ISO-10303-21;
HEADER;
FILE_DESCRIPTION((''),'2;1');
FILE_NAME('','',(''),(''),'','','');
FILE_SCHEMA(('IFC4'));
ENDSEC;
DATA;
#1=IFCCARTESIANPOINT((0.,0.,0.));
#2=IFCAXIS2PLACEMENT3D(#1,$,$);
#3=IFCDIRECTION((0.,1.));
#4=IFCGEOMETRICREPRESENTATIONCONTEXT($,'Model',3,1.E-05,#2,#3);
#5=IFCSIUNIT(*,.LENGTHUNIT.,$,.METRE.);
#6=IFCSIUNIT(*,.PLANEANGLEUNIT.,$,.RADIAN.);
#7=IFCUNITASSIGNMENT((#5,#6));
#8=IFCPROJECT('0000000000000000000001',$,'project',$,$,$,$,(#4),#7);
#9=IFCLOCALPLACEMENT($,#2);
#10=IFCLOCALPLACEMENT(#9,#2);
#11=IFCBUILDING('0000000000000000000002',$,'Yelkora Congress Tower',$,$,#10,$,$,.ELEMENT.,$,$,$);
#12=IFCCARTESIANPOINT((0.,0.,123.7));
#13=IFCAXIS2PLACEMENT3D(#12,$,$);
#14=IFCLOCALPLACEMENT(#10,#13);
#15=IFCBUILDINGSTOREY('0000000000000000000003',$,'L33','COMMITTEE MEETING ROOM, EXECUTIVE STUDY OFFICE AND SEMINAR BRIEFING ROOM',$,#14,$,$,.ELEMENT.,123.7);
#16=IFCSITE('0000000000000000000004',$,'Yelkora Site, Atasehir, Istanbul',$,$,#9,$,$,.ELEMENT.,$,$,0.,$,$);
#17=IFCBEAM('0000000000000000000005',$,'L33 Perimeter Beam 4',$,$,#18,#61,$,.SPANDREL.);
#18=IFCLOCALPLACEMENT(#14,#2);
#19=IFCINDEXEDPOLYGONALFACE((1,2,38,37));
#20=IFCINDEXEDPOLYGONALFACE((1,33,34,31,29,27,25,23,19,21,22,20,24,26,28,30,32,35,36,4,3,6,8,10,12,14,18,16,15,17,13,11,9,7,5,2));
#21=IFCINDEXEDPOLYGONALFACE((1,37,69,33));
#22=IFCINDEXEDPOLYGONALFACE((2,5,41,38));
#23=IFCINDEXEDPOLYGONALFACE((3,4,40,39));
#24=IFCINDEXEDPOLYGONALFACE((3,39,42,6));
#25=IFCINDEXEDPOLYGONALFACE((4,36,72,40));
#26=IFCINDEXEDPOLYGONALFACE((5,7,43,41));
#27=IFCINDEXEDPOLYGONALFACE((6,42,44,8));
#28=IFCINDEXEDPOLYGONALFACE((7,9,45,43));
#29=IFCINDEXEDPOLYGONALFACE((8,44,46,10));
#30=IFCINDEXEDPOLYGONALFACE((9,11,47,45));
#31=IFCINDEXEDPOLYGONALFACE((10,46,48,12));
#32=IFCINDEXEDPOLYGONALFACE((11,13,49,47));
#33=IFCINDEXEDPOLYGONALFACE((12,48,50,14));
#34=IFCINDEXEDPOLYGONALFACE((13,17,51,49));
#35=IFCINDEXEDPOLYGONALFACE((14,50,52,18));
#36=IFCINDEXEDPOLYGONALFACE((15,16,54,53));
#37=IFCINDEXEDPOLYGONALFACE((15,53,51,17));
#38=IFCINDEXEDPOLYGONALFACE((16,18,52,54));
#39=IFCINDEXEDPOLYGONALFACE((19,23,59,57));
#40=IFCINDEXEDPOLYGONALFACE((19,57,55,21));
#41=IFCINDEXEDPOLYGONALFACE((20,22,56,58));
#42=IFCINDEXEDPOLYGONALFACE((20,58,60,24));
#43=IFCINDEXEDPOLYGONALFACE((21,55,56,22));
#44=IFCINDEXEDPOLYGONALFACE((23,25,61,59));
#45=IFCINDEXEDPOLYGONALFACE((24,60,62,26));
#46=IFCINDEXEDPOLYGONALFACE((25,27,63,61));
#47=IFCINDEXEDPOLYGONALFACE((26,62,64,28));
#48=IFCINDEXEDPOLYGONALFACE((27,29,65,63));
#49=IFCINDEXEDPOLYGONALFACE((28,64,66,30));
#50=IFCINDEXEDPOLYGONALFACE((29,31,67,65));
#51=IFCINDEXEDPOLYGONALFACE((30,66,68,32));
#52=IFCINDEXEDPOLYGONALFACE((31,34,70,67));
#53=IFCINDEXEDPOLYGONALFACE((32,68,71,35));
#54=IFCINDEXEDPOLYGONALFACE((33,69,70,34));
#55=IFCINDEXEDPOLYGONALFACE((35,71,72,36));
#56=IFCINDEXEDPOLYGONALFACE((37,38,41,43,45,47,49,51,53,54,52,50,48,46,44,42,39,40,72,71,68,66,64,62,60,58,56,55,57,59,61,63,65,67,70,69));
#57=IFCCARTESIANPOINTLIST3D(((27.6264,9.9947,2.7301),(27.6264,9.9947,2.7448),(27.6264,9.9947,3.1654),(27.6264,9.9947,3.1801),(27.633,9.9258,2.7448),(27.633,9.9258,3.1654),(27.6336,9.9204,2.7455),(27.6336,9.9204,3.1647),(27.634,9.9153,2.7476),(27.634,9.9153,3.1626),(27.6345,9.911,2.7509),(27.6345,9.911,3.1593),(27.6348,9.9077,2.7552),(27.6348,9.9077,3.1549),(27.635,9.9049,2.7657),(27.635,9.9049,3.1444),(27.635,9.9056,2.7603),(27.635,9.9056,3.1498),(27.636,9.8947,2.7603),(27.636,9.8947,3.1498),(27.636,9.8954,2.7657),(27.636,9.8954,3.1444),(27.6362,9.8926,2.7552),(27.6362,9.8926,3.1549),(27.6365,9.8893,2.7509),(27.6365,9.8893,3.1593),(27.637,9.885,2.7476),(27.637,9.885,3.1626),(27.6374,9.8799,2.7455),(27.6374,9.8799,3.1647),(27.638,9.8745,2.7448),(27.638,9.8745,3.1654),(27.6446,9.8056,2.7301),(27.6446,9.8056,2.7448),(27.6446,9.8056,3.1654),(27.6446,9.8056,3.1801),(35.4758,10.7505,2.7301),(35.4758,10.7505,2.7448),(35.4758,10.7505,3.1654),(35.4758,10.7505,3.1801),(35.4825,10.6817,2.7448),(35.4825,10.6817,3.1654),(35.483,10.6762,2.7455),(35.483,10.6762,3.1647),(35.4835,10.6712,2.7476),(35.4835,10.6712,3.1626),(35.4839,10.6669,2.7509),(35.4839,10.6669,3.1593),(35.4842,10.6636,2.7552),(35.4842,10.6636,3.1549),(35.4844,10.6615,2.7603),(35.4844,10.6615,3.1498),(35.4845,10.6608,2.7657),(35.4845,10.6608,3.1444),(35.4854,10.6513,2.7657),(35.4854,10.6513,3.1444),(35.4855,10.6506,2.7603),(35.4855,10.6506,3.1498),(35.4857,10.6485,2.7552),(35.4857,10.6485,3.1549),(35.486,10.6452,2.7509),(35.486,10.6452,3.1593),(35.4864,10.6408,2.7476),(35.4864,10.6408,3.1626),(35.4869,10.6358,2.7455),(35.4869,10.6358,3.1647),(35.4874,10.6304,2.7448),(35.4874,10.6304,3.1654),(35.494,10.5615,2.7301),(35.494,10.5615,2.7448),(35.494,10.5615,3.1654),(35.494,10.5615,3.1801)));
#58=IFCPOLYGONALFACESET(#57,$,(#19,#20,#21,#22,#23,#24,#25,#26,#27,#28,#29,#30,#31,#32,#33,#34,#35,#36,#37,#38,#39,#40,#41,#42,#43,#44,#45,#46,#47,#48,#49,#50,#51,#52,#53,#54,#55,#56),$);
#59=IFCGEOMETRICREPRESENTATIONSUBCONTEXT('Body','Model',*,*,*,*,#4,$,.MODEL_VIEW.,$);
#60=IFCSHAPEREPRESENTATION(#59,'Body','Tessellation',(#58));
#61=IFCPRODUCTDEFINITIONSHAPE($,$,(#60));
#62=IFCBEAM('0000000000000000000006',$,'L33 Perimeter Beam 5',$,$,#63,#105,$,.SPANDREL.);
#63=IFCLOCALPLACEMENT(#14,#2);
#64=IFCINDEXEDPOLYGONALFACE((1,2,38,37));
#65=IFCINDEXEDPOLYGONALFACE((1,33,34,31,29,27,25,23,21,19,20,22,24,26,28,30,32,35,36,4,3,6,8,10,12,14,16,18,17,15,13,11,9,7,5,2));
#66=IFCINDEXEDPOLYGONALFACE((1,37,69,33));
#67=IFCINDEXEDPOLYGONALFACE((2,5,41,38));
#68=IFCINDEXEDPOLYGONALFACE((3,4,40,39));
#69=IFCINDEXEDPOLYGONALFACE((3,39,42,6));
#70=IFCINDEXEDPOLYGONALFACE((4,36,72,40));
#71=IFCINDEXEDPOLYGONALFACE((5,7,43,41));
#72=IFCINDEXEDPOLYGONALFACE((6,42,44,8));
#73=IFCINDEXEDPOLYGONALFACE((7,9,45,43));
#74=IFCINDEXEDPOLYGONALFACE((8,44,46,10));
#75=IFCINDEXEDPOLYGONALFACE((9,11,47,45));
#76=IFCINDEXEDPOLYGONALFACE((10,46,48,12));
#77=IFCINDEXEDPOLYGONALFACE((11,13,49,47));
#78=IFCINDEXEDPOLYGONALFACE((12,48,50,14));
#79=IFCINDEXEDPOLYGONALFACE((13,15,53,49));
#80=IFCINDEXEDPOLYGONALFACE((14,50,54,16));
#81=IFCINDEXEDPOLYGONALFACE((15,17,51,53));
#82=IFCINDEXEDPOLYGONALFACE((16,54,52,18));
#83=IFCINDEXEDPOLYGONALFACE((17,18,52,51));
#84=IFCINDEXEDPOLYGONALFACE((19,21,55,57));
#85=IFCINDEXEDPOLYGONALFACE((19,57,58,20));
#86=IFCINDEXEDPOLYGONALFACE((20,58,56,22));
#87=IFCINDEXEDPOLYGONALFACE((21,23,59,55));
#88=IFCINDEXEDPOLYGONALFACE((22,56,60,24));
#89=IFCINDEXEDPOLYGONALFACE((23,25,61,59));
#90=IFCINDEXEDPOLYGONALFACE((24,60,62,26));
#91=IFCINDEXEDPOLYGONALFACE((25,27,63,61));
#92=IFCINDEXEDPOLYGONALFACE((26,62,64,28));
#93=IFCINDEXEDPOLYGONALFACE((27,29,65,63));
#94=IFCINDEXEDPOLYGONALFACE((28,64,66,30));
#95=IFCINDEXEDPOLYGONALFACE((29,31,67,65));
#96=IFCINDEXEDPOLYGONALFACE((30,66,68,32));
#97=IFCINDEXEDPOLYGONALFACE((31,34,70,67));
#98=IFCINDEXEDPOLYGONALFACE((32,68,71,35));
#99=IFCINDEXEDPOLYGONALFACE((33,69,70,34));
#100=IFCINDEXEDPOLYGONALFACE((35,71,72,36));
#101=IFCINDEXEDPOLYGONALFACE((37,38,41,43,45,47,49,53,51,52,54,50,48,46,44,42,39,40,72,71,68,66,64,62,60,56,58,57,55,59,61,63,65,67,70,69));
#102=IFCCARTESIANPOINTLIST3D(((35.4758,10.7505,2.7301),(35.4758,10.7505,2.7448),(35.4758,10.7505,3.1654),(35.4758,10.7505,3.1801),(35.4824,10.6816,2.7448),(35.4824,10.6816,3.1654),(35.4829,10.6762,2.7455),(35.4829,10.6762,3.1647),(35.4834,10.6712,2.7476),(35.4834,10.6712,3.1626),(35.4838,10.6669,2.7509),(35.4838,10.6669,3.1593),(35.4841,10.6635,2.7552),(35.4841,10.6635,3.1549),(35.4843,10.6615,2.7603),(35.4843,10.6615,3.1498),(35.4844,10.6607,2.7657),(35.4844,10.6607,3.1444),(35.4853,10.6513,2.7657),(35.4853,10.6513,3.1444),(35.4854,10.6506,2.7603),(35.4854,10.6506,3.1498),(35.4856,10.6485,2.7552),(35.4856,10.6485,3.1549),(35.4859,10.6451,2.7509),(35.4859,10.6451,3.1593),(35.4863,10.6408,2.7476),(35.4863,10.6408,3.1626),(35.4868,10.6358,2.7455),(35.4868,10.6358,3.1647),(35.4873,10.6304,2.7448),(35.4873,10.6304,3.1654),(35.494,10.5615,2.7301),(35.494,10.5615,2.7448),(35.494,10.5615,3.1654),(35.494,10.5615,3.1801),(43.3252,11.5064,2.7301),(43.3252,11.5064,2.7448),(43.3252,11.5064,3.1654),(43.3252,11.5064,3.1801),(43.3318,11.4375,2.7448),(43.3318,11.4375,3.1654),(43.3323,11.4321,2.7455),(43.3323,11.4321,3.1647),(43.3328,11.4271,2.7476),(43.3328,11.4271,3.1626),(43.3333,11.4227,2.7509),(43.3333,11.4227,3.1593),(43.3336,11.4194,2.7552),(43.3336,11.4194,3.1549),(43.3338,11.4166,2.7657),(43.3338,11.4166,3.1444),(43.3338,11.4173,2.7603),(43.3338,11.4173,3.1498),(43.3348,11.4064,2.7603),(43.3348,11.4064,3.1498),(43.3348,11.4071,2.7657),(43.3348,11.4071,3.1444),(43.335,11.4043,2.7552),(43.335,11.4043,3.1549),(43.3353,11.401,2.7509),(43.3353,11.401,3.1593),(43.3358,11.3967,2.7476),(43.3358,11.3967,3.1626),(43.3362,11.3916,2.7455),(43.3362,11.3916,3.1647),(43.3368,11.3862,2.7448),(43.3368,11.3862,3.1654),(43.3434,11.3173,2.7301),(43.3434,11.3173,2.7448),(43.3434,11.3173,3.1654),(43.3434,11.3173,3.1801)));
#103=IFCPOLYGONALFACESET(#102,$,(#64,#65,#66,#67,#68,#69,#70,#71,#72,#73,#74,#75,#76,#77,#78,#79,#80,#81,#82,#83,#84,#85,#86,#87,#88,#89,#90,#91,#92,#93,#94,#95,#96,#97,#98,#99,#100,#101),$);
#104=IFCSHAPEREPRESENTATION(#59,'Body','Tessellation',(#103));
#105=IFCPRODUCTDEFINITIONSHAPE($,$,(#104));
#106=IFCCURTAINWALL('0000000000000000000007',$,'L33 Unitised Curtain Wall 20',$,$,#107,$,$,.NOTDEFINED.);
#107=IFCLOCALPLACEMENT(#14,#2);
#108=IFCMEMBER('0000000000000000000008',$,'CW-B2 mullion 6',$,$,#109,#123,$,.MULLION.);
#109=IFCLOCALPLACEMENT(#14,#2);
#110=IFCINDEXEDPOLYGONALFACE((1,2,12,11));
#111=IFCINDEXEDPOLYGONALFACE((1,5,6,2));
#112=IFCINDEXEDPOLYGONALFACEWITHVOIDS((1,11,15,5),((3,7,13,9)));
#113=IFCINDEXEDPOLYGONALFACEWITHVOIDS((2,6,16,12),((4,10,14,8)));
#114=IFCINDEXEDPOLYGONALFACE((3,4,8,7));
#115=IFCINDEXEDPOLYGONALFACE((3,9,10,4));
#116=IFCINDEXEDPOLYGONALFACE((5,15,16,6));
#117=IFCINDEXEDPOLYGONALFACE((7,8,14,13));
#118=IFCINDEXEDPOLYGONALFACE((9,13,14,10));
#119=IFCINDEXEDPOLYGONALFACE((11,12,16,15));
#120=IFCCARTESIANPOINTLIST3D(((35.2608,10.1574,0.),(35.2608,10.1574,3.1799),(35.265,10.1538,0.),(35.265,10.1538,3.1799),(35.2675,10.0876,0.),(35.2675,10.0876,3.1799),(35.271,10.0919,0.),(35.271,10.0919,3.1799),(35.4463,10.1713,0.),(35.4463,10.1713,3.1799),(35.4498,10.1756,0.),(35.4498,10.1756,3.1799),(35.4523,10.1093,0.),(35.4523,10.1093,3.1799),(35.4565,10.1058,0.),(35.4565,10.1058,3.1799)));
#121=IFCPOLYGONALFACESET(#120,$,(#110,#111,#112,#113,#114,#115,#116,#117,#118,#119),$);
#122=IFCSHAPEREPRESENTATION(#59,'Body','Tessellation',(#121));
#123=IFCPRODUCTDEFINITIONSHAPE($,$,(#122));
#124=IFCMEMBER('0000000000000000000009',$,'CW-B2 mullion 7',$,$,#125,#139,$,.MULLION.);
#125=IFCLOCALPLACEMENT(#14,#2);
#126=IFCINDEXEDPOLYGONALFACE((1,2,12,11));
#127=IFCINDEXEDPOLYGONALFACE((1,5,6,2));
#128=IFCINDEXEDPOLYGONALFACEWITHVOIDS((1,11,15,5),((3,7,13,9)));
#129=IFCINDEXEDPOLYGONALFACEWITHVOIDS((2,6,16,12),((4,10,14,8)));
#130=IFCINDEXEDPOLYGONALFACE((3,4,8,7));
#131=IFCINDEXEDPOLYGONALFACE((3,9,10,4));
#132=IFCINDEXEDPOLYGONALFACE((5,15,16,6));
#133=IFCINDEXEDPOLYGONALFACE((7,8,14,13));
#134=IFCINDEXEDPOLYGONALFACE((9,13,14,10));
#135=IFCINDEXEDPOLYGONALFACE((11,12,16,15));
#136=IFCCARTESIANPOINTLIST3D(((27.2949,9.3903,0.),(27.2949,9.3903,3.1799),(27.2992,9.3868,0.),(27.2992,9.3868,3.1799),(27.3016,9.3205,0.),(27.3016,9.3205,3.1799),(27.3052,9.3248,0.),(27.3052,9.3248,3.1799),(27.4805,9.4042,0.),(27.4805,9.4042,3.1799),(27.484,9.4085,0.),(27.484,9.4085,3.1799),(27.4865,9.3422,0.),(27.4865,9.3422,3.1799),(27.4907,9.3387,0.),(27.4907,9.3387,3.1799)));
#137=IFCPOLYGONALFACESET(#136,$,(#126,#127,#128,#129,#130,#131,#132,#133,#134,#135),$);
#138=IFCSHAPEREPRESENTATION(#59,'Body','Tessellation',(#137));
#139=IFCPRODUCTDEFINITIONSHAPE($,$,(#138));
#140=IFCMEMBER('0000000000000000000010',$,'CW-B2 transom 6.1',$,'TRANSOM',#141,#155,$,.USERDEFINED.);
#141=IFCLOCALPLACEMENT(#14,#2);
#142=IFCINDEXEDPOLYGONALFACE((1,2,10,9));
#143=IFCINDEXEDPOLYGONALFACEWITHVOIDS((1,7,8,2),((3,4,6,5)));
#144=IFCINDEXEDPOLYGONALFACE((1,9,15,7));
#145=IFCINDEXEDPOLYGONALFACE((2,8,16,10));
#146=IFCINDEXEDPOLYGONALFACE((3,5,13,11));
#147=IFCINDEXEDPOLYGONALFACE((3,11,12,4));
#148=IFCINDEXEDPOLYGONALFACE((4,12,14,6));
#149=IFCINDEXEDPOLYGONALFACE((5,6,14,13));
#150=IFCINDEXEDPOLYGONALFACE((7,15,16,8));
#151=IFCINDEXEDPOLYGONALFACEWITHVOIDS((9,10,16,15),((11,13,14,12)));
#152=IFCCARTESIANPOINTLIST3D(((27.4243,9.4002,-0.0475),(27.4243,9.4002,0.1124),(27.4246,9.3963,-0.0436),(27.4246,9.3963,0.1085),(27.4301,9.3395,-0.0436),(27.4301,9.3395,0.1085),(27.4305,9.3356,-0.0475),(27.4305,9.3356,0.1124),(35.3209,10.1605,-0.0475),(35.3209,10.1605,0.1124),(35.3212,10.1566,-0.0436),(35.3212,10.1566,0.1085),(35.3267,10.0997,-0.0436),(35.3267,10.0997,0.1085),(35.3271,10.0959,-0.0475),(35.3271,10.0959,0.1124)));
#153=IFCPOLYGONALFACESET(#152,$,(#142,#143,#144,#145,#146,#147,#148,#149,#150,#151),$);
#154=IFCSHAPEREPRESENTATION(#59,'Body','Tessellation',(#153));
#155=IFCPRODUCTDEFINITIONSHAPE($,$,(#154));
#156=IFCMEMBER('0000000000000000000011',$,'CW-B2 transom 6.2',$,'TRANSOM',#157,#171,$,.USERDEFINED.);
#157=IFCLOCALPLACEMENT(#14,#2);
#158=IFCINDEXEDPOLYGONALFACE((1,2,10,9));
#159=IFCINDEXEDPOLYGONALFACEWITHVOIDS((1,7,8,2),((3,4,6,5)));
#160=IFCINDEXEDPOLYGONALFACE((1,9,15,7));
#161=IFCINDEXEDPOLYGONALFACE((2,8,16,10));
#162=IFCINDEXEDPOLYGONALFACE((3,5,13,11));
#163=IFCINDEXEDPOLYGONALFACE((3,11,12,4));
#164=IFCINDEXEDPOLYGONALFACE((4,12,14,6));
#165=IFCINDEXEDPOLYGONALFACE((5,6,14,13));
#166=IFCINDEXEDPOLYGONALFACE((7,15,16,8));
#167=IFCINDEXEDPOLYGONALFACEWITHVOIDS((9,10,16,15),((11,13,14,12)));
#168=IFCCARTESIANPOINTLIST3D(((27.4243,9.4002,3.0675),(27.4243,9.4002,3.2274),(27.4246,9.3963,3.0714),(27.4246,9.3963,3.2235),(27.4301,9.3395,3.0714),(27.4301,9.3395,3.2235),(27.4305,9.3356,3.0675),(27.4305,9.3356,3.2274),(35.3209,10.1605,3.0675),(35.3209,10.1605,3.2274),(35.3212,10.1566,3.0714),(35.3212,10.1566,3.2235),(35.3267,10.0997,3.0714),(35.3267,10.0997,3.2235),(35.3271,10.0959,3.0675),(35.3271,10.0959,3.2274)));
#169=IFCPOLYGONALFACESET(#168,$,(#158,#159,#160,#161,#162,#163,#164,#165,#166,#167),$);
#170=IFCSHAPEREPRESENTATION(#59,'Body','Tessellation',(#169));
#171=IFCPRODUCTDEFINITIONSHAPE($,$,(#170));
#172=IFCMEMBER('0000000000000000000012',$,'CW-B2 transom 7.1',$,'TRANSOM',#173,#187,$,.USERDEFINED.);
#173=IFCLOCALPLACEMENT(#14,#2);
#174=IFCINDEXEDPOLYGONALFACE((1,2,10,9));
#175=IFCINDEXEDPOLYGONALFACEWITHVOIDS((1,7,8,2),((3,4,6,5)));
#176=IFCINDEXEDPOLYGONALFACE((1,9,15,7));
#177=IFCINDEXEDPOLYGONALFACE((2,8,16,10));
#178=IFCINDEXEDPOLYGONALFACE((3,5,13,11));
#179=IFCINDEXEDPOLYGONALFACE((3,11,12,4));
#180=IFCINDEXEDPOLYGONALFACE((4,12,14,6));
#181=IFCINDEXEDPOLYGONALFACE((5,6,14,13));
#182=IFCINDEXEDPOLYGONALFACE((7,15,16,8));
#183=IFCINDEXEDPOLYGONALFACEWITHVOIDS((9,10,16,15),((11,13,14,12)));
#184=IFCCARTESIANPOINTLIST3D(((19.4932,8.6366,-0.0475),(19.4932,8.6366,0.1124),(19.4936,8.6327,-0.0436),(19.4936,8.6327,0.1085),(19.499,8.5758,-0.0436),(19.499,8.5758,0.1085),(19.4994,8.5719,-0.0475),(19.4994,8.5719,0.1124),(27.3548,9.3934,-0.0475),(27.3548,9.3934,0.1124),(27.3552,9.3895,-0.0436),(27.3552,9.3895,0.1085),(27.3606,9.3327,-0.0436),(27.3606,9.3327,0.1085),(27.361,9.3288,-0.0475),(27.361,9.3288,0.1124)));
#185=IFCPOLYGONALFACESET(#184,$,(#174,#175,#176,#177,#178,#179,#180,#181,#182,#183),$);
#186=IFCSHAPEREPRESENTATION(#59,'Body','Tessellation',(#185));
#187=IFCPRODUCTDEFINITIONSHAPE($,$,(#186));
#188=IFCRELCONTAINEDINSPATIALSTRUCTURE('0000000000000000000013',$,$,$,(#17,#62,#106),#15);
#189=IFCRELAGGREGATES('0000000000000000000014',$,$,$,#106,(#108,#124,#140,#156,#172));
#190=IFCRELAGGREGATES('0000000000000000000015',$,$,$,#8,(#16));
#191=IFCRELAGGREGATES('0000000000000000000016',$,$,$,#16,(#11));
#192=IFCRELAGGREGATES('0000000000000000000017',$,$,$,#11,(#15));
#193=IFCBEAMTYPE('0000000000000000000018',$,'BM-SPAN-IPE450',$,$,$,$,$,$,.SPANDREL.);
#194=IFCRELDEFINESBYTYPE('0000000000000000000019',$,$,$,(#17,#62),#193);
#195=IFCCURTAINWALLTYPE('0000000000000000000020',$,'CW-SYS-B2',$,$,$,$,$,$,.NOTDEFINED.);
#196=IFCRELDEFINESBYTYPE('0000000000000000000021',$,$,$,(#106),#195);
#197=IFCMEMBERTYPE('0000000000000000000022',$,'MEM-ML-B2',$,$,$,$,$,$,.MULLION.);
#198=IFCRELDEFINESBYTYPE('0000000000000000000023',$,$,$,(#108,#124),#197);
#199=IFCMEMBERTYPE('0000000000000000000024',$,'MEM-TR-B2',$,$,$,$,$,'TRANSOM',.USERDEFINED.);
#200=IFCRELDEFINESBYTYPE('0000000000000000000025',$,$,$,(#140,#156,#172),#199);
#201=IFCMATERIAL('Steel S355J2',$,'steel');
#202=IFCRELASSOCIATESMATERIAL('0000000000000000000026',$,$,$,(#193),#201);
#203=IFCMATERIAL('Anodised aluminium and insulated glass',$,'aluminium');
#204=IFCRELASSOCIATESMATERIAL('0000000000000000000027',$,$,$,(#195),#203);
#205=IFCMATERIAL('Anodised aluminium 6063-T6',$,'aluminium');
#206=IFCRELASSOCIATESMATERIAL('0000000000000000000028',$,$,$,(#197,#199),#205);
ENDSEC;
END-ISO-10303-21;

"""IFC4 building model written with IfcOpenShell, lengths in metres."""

from ifc_helpers import new_model, si_unit, direction, frame, origin, origin_2d, place, context, subcontext, project, spatial, hollow_rectangle, i_section, extrude, material, material_profile, profile_set, type_object, element, aggregate, save


model = new_model("IFC4")

# Units and contexts
model_context = context("Model", 3, precision=1e-05, world=origin(), true_north=direction((0.0, 1.0)))
body_context = subcontext(model_context, "Body", "Model", "MODEL_VIEW")
ifc_project = project(units=[si_unit("LENGTHUNIT", "METRE"), si_unit("PLANEANGLEUNIT", "RADIAN")], contexts=[model_context])

# Site, building, storey
site_placement = place(None, origin())
site = spatial("IfcSite", under=ifc_project, at=site_placement, Name="Yelkora Site, Atasehir, Istanbul", CompositionType="ELEMENT", RefElevation=0.0)
building_placement = place(site_placement, origin())
building = spatial("IfcBuilding", under=site, at=building_placement, Name="Yelkora Congress Tower", CompositionType="ELEMENT")
storey_placement = place(building_placement, frame((0.0, 0.0, 123.7)))
storey = spatial("IfcBuildingStorey", under=building, at=storey_placement, Name="L33", Description="COMMITTEE MEETING ROOM, EXECUTIVE STUDY OFFICE AND SEMINAR BRIEFING ROOM", CompositionType="ELEMENT", Elevation=123.7)

# Beams
ifc_material_1 = material(Name="Steel S355J2", Category="steel")
ifc_material_profile_1 = material_profile(ifc_material_1, i_section(OverallWidth=0.1899, OverallDepth=0.45, WebThickness=0.0095, FlangeThickness=0.0146, FilletRadius=0.021, at=origin_2d()), Name="IPE 450")
ifc_profile_set_1 = profile_set([ifc_material_profile_1], Name="Steel S355J2")
beam_type_1 = type_object("IfcBeamType", Name="BM-SPAN-IPE450", PredefinedType="SPANDREL", material=ifc_profile_set_1)
for number, where, z_axis, x_axis, name in (
    (1, (27.6355, 9.9001, 2.9551), (0.995396, 0.095852, 0.0), (-0.095852, 0.995396, 0.0), "L33 Perimeter Beam 4"),
    (2, (35.4849, 10.656, 2.9551), (0.995396, 0.095852, 0.0), (-0.095852, 0.995396, 0.0), "L33 Perimeter Beam 5"),
):
    element("IfcBeam", number, at=place(storey_placement, frame(where, z_axis=z_axis, x_axis=x_axis)), inside=storey, type_object=beam_type_1, Name=name, PredefinedType="SPANDREL", context=body_context, shape_type="SweptSolid", body=[
        extrude(i_section(OverallWidth=0.1899, OverallDepth=0.45, WebThickness=0.0095, FlangeThickness=0.0146, FilletRadius=0.021, at=origin_2d()), origin(), (0.0, 0.0, 1.0), 7.8857),
    ])

# Curtain wall, members
ifc_material_2 = material(Name="Anodised aluminium and insulated glass", Category="aluminium")
curtain_wall_type = type_object("IfcCurtainWallType", Name="CW-SYS-B2", PredefinedType="NOTDEFINED", material=ifc_material_2)
curtain_wall_placement = place(storey_placement, origin())
curtain_wall = element("IfcCurtainWall", 3, at=curtain_wall_placement, inside=storey, type_object=curtain_wall_type, Name="L33 Unitised Curtain Wall 20", PredefinedType="NOTDEFINED")
ifc_material_3 = material(Name="Anodised aluminium 6063-T6", Category="aluminium")
ifc_material_profile_2 = material_profile(ifc_material_3, hollow_rectangle(XDim=0.0701, YDim=0.1899, WallThickness=0.0039, at=origin_2d()), Name="ALU 70x190x4")
ifc_profile_set_2 = profile_set([ifc_material_profile_2], Name="Anodised aluminium 6063-T6")
member_type_1 = type_object("IfcMemberType", Name="MEM-ML-B2", PredefinedType="MULLION", material=ifc_profile_set_2)
member_1_placement = place(storey_placement, frame((35.3586, 10.1316, 0.0), z_axis=(0.0, 0.0, 1.0), x_axis=(0.095844, -0.995396, 0.0)))
member_1 = element("IfcMember", 4, at=member_1_placement, type_object=member_type_1, Name="CW-B2 mullion 6", PredefinedType="MULLION", context=body_context, shape_type="SweptSolid", body=[
    extrude(hollow_rectangle(XDim=0.0701, YDim=0.1899, WallThickness=0.0039, at=origin_2d()), origin(), (0.0, 0.0, 1.0), 3.1799),
])
member_2_placement = place(storey_placement, frame((27.3928, 9.3645, 0.0), z_axis=(0.0, 0.0, 1.0), x_axis=(0.095844, -0.995396, 0.0)))
member_2 = element("IfcMember", 5, at=member_2_placement, type_object=member_type_1, Name="CW-B2 mullion 7", PredefinedType="MULLION", context=body_context, shape_type="SweptSolid", body=[
    extrude(hollow_rectangle(XDim=0.0701, YDim=0.1899, WallThickness=0.0039, at=origin_2d()), origin(), (0.0, 0.0, 1.0), 3.1799),
])
ifc_material_profile_3 = material_profile(ifc_material_3, hollow_rectangle(XDim=0.0649, YDim=0.1599, WallThickness=0.0039, at=origin_2d()), Name="ALU 65x160x4")
ifc_profile_set_3 = profile_set([ifc_material_profile_3], Name="Anodised aluminium 6063-T6")
member_type_2 = type_object("IfcMemberType", Name="MEM-TR-B2", ElementType="TRANSOM", PredefinedType="USERDEFINED", material=ifc_profile_set_3)
member_3_placement = place(storey_placement, frame((35.324, 10.1282, 0.0325), z_axis=(-0.995397, -0.095834, 0.0), x_axis=(0.095834, -0.995397, 0.0)))
member_3 = element("IfcMember", 6, at=member_3_placement, type_object=member_type_2, Name="CW-B2 transom 6.1", ObjectType="TRANSOM", PredefinedType="USERDEFINED", context=body_context, shape_type="SweptSolid", body=[
    extrude(hollow_rectangle(XDim=0.0649, YDim=0.1599, WallThickness=0.0039, at=origin_2d()), origin(), (0.0, 0.0, 1.0), 7.9331),
])
member_4_placement = place(storey_placement, frame((35.324, 10.1282, 3.1475), z_axis=(-0.995397, -0.095834, 0.0), x_axis=(0.095834, -0.995397, 0.0)))
member_4 = element("IfcMember", 7, at=member_4_placement, type_object=member_type_2, Name="CW-B2 transom 6.2", ObjectType="TRANSOM", PredefinedType="USERDEFINED", context=body_context, shape_type="SweptSolid", body=[
    extrude(hollow_rectangle(XDim=0.0649, YDim=0.1599, WallThickness=0.0039, at=origin_2d()), origin(), (0.0, 0.0, 1.0), 7.9331),
])
member_5_placement = place(storey_placement, frame((27.3579, 9.3611, 0.0325), z_axis=(-0.995398, -0.095827, 0.0), x_axis=(0.095827, -0.995398, 0.0)))
member_5 = element("IfcMember", 8, at=member_5_placement, type_object=member_type_2, Name="CW-B2 transom 7.1", ObjectType="TRANSOM", PredefinedType="USERDEFINED", context=body_context, shape_type="SweptSolid", body=[
    extrude(hollow_rectangle(XDim=0.0649, YDim=0.1599, WallThickness=0.0039, at=origin_2d()), origin(), (0.0, 0.0, 1.0), 7.8979),
])
aggregate(curtain_wall, [member_1, member_2, member_3, member_4, member_5])

save(model, "model.ifc")
